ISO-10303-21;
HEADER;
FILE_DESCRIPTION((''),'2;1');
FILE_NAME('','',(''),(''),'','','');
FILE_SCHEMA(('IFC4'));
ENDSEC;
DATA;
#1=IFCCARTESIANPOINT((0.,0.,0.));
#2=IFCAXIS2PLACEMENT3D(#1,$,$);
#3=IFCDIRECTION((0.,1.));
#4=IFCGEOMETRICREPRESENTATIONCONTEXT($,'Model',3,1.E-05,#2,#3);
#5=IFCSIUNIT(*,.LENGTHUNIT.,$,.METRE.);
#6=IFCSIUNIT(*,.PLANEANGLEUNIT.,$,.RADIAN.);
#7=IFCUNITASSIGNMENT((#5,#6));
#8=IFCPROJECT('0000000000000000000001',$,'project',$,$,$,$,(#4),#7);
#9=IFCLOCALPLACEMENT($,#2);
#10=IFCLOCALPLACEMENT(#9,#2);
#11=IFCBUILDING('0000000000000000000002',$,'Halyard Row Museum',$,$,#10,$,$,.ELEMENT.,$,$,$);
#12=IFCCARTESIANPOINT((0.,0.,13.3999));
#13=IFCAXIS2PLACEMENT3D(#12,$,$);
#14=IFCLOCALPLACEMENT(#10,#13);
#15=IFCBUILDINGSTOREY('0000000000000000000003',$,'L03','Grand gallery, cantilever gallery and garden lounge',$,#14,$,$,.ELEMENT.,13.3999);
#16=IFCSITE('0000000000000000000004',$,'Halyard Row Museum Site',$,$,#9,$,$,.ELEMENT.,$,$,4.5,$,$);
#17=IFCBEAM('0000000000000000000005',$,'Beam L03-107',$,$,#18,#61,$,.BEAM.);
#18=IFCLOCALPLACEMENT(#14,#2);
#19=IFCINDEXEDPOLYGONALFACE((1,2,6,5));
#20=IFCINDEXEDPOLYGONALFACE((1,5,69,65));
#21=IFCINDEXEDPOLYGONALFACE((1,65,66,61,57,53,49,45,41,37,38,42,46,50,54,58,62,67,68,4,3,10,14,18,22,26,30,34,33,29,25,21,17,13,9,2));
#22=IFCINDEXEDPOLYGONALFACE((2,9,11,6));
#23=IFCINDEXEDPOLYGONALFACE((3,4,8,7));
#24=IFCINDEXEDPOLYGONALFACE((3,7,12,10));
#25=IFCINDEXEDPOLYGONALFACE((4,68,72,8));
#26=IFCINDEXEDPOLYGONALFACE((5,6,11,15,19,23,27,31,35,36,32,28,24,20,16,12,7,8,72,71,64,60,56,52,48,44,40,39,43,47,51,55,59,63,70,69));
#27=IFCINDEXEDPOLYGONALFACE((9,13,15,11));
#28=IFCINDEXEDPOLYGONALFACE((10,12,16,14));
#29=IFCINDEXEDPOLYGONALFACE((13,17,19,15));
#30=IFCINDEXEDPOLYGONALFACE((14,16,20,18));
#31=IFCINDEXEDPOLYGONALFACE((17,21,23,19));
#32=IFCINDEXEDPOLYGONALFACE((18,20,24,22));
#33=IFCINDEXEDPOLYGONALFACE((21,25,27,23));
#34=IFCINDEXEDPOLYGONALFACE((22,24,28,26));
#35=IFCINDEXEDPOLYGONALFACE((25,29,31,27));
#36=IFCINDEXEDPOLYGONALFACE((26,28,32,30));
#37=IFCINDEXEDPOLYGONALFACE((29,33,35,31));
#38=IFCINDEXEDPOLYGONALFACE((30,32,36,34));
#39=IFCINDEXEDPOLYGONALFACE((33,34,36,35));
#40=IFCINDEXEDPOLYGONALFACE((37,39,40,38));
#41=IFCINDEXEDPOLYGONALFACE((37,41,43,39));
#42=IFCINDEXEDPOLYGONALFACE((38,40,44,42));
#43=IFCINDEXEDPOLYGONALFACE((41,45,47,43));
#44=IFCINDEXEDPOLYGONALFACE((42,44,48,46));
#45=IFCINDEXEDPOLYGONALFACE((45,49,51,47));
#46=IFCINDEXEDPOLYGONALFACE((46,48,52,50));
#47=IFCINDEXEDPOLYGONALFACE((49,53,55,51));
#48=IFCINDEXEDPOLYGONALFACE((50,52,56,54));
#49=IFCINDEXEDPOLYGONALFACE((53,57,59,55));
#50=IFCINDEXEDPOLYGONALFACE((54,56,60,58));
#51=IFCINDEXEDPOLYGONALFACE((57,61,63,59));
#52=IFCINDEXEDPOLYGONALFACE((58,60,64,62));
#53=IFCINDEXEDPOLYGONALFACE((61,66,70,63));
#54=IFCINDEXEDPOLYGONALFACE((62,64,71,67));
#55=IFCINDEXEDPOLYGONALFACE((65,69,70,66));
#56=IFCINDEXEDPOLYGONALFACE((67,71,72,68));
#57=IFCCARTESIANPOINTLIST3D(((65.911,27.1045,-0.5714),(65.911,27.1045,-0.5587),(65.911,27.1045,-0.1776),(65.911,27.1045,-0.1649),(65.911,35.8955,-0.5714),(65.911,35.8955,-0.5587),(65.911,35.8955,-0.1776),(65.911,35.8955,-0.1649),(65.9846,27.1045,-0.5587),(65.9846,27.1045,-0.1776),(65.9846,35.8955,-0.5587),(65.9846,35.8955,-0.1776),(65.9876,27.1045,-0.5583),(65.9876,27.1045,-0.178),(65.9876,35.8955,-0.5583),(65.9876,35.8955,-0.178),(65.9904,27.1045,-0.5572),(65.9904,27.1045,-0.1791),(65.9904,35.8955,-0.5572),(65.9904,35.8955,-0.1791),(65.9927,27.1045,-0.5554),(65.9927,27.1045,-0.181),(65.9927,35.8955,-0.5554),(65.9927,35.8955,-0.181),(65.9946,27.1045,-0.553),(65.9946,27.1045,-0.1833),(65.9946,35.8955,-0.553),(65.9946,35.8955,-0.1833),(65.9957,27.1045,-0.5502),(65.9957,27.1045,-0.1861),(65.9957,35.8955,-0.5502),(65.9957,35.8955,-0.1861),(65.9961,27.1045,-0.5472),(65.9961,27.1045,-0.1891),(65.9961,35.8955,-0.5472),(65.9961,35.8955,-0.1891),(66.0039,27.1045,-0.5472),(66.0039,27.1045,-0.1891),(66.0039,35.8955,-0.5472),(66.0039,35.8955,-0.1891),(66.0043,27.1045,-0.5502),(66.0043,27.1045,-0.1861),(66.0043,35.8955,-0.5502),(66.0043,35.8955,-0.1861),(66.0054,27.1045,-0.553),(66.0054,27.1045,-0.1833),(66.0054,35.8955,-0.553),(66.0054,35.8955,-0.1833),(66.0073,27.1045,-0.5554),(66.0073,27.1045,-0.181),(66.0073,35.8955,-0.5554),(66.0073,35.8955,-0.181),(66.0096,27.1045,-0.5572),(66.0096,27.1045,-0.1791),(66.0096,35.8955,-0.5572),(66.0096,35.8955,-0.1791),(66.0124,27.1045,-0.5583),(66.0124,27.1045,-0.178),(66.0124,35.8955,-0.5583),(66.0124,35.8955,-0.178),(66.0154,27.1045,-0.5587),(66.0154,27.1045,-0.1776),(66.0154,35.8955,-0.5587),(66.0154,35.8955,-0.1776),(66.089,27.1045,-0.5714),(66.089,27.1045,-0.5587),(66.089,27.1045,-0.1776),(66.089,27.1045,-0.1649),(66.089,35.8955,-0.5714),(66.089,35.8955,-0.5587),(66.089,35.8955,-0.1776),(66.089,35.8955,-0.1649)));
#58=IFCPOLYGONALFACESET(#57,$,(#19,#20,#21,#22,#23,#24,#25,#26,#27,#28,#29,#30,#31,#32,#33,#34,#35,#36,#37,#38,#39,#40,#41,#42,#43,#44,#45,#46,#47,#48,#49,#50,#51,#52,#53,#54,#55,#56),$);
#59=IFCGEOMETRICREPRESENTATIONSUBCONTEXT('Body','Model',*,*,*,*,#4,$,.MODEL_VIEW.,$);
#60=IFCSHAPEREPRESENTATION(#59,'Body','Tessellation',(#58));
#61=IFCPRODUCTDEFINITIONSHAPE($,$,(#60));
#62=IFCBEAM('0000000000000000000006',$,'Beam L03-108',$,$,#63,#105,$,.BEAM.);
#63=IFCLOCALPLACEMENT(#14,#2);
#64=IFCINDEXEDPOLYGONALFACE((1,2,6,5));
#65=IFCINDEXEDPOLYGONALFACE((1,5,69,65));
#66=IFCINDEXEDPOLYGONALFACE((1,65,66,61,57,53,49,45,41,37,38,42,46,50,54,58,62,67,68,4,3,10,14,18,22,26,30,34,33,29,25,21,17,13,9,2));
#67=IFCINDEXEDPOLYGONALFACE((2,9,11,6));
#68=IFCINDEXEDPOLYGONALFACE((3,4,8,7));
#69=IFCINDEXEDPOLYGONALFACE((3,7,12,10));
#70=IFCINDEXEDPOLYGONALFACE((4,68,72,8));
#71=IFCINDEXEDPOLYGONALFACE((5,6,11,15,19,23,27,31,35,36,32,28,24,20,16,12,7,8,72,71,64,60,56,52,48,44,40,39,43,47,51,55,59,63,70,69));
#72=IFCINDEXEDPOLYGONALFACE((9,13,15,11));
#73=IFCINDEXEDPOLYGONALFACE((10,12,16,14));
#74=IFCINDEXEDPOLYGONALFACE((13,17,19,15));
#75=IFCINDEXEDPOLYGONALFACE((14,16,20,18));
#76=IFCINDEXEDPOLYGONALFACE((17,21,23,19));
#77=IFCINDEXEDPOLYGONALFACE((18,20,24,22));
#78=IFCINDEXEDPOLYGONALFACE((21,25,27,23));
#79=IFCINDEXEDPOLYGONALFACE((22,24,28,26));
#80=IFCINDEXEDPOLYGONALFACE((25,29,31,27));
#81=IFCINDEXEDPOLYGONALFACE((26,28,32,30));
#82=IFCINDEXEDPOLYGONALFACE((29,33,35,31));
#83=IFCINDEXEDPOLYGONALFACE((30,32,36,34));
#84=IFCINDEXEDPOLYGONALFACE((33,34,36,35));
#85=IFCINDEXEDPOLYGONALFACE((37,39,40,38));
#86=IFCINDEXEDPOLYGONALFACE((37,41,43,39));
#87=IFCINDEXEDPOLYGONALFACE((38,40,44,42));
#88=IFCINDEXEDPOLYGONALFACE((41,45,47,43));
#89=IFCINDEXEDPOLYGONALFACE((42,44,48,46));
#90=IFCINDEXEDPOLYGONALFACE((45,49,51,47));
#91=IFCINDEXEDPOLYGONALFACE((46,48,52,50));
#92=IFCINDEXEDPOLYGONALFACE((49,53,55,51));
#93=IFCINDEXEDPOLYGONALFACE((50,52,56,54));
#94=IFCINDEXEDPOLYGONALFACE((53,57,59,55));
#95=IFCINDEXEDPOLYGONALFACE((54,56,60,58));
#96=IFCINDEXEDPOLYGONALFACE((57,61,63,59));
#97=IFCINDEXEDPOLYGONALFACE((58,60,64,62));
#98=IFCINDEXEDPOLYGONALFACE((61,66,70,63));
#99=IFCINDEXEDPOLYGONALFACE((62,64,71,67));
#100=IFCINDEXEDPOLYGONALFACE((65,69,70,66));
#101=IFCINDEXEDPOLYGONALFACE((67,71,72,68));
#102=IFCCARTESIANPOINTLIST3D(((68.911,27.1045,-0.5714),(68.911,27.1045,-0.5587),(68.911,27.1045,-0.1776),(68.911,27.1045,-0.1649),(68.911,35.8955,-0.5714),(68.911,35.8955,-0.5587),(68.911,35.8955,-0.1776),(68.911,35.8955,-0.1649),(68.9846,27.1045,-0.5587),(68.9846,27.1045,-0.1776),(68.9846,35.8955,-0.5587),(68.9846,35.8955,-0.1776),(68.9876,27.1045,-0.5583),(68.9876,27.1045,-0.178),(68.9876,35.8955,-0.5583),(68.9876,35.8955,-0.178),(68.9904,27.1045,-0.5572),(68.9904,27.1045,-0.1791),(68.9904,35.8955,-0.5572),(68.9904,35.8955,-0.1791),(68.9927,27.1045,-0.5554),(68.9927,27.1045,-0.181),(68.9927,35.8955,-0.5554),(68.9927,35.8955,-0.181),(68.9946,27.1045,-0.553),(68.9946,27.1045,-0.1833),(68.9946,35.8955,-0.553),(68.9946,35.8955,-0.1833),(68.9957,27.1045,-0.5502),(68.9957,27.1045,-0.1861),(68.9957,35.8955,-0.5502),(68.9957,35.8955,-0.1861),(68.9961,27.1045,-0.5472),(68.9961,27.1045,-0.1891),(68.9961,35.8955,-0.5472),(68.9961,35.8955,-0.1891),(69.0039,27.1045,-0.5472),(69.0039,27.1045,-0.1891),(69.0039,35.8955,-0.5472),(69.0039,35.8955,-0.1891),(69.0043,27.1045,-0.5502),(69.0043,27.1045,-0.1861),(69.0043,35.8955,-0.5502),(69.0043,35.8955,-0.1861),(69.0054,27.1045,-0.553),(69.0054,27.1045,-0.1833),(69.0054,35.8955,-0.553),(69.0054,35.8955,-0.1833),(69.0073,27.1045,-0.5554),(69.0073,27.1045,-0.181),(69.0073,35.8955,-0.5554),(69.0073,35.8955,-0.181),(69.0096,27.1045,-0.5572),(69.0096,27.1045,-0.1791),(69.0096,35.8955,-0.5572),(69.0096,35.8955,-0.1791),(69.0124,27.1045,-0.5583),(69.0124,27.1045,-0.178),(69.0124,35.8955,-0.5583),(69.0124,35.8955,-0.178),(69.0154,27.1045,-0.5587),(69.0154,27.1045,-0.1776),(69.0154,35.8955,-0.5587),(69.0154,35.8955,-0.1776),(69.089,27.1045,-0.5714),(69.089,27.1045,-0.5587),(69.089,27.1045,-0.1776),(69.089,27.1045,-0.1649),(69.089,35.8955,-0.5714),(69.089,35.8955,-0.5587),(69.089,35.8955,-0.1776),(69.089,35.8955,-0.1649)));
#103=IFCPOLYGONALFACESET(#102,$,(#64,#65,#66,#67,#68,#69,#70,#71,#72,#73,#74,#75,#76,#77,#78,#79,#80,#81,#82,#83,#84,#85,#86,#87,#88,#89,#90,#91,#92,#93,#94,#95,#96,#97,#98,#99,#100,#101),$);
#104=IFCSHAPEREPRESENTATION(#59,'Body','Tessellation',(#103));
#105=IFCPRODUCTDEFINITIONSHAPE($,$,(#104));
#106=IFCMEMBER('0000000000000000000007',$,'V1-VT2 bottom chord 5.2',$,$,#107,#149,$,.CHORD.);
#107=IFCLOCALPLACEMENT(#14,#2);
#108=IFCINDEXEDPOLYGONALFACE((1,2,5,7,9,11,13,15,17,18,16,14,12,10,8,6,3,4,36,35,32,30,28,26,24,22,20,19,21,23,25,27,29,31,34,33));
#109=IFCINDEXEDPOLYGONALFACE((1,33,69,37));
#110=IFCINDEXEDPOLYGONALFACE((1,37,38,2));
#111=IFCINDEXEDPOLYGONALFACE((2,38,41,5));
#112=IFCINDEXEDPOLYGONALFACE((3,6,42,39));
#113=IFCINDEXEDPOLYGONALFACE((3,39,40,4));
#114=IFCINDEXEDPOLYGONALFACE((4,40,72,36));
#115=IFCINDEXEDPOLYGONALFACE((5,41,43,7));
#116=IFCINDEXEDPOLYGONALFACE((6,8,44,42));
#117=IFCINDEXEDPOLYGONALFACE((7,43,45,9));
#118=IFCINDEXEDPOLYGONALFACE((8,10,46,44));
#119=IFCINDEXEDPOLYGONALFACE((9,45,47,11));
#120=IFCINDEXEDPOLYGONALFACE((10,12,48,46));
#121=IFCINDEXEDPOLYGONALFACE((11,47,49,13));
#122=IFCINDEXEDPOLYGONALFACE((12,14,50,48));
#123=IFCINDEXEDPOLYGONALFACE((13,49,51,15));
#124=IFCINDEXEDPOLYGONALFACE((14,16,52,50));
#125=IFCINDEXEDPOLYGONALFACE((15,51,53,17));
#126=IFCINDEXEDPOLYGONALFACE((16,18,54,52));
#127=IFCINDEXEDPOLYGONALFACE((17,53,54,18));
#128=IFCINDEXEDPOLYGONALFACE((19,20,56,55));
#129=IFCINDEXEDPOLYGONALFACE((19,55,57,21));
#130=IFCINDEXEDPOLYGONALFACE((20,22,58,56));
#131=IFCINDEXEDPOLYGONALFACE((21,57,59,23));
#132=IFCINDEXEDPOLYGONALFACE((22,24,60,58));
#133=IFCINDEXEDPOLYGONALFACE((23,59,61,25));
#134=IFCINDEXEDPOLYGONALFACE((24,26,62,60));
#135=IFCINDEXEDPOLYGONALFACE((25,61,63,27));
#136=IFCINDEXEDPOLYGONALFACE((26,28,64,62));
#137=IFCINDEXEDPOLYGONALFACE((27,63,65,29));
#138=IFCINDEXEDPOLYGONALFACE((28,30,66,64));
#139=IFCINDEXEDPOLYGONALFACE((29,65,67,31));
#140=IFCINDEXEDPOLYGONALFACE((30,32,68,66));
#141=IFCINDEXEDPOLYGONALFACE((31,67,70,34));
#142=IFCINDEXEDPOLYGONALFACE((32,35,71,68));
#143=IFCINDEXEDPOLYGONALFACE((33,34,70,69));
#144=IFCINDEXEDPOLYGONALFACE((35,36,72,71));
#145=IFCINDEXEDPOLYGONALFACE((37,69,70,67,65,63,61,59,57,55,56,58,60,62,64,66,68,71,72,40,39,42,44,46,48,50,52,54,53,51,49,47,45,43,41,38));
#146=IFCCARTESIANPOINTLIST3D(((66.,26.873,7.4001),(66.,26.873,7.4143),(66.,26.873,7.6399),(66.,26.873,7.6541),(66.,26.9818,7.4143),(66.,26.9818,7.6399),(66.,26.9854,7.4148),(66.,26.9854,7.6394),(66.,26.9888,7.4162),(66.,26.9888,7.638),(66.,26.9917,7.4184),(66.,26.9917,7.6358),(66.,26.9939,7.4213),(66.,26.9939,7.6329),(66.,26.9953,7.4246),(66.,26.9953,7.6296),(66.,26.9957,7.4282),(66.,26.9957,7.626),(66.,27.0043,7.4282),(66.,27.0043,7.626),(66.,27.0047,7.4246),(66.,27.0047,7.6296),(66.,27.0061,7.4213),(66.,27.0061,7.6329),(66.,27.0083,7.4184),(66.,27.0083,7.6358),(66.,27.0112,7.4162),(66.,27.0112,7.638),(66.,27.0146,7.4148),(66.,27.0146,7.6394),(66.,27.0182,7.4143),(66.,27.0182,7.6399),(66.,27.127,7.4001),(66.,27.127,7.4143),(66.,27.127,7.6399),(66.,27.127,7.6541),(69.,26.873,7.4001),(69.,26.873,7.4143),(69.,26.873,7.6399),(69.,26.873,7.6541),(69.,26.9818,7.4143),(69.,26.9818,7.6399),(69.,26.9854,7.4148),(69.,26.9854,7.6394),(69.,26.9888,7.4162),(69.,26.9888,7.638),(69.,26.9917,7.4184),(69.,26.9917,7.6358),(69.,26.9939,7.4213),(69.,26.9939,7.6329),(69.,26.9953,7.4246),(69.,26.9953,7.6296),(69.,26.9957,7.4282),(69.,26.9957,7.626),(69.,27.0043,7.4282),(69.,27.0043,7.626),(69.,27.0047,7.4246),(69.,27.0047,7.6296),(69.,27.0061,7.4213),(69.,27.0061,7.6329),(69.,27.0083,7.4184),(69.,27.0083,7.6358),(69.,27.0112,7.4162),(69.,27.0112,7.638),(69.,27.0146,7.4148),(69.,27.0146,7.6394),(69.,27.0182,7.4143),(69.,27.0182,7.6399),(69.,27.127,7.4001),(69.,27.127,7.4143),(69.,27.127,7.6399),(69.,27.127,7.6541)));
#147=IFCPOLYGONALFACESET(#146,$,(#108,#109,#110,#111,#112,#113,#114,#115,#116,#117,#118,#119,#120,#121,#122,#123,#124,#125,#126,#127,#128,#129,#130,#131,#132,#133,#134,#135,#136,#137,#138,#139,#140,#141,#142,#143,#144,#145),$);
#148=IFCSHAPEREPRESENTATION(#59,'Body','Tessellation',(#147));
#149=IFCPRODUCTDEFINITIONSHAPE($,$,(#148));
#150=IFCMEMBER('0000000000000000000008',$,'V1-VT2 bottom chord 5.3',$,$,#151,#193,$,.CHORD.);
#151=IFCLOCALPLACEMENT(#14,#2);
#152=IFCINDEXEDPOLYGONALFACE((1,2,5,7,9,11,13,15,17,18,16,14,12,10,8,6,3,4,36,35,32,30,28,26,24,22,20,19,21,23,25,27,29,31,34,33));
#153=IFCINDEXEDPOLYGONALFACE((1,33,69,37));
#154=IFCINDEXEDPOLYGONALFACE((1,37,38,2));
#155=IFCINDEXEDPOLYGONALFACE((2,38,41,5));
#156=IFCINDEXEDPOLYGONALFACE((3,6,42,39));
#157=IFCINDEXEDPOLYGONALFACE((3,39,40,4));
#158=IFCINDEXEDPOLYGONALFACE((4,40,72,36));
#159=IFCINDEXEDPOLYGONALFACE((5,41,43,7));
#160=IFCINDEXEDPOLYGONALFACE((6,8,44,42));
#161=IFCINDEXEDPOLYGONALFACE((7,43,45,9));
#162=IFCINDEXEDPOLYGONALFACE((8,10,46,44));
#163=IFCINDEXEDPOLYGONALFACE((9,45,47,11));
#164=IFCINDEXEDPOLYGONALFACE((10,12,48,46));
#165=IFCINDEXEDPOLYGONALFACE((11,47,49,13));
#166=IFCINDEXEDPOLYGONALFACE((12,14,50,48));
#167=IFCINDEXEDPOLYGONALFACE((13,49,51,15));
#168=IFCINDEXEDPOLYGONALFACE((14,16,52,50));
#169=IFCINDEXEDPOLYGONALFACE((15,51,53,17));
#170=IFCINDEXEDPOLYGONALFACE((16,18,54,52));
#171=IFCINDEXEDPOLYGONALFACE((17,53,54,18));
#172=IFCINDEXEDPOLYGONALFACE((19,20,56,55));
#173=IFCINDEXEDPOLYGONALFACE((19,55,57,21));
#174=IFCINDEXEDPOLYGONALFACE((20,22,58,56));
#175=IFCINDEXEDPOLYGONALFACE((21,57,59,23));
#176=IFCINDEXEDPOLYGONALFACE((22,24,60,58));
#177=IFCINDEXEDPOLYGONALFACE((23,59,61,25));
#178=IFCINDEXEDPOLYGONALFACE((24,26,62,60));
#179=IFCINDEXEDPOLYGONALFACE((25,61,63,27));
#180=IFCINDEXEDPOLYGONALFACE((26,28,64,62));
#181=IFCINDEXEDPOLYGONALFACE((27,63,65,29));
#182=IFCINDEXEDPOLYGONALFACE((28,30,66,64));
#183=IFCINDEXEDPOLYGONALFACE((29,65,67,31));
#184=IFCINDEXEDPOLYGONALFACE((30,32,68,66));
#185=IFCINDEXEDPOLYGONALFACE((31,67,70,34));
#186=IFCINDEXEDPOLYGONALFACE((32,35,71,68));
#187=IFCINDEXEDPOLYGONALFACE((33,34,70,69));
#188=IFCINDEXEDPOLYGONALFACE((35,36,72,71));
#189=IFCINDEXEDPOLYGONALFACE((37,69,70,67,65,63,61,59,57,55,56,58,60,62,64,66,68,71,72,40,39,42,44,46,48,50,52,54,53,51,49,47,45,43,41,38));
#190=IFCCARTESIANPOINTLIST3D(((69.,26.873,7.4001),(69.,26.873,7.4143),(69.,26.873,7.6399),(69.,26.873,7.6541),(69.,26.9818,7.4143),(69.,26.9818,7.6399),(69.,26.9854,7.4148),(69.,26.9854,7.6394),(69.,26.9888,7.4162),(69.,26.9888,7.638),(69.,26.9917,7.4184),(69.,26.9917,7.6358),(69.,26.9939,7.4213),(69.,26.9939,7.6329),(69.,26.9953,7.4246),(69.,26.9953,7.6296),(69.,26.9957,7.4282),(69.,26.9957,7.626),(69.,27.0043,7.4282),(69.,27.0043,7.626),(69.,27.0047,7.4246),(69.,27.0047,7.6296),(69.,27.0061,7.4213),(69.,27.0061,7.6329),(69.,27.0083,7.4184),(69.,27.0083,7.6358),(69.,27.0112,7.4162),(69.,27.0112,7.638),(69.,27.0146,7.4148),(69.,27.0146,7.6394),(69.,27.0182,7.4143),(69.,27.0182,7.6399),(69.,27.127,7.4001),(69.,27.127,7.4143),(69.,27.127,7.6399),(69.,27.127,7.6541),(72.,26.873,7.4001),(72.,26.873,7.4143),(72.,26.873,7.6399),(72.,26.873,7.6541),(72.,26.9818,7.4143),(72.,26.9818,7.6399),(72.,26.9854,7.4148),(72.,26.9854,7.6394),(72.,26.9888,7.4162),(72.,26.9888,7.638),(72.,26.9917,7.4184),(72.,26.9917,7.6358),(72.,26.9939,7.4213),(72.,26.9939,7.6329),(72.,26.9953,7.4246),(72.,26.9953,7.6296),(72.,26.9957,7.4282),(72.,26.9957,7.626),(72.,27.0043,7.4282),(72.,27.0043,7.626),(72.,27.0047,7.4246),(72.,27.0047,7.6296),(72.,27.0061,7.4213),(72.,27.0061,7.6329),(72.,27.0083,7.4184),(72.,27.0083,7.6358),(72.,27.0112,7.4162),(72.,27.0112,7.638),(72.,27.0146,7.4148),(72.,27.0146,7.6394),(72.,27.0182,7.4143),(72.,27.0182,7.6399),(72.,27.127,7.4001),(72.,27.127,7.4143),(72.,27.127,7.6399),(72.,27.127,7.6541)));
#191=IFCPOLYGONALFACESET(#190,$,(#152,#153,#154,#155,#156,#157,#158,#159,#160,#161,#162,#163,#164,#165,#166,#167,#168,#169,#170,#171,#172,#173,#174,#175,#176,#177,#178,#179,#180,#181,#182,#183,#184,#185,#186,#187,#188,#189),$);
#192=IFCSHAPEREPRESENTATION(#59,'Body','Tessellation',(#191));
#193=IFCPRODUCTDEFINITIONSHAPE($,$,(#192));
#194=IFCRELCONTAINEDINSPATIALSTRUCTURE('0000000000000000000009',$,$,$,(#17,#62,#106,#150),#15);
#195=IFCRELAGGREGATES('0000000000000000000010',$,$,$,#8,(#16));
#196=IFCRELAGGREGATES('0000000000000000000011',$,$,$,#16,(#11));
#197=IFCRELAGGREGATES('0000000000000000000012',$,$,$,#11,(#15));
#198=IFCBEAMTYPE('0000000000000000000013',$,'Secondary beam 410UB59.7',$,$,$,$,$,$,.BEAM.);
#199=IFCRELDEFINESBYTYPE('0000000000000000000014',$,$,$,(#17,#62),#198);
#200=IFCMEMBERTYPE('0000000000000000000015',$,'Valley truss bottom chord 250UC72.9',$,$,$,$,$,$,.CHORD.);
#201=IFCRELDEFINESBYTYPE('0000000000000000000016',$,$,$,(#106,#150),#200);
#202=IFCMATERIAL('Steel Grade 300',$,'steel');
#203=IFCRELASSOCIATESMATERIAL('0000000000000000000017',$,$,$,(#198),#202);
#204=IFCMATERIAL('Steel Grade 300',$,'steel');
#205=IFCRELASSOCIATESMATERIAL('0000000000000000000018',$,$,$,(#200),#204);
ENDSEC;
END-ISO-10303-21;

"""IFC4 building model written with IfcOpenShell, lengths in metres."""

from ifc_helpers import new_model, si_unit, direction, frame, origin, origin_2d, place, context, subcontext, project, spatial, i_section, extrude, material, material_profile, profile_set, type_object, element, save


model = new_model("IFC4")

# Units and contexts
model_context = context("Model", 3, precision=1e-05, world=origin(), true_north=direction((0.0, 1.0)))
body_context = subcontext(model_context, "Body", "Model", "MODEL_VIEW")
ifc_project = project(units=[si_unit("LENGTHUNIT", "METRE"), si_unit("PLANEANGLEUNIT", "RADIAN")], contexts=[model_context])

# Site, building, storey
site_placement = place(None, origin())
site = spatial("IfcSite", under=ifc_project, at=site_placement, Name="Halyard Row Museum Site", CompositionType="ELEMENT", RefElevation=4.5)
building_placement = place(site_placement, origin())
building = spatial("IfcBuilding", under=site, at=building_placement, Name="Halyard Row Museum", CompositionType="ELEMENT")
storey_placement = place(building_placement, frame((0.0, 0.0, 13.3999)))
storey = spatial("IfcBuildingStorey", under=building, at=storey_placement, Name="L03", Description="Grand gallery, cantilever gallery and garden lounge", CompositionType="ELEMENT", Elevation=13.3999)

# Beams
ifc_material_1 = material(Name="Steel Grade 300", Category="steel")
ifc_material_profile_1 = material_profile(ifc_material_1, i_section(OverallWidth=0.178, OverallDepth=0.4065, WebThickness=0.0078, FlangeThickness=0.0127, FilletRadius=0.0115, at=origin_2d()), Name="410UB59.7")
ifc_profile_set_1 = profile_set([ifc_material_profile_1], Name="Steel Grade 300")
beam_type_1 = type_object("IfcBeamType", Name="Secondary beam 410UB59.7", PredefinedType="BEAM", material=ifc_profile_set_1)
for number, where, z_axis, x_axis, name in (
    (1, (66.0, 27.1045, -0.3682), (0.0, 1.0, 0.0), (-1.0, 0.0, 0.0), "Beam L03-107"),
    (2, (69.0, 27.1045, -0.3682), (0.0, 1.0, 0.0), (-1.0, 0.0, 0.0), "Beam L03-108"),
):
    element("IfcBeam", number, at=place(storey_placement, frame(where, z_axis=z_axis, x_axis=x_axis)), inside=storey, type_object=beam_type_1, Name=name, PredefinedType="BEAM", context=body_context, shape_type="SweptSolid", body=[
        extrude(i_section(OverallWidth=0.178, OverallDepth=0.4065, WebThickness=0.0078, FlangeThickness=0.0127, FilletRadius=0.0115, at=origin_2d()), origin(), (0.0, 0.0, 1.0), 8.791),
    ])

# Members
ifc_material_2 = material(Name="Steel Grade 300", Category="steel")
ifc_material_profile_2 = material_profile(ifc_material_2, i_section(OverallWidth=0.2539, OverallDepth=0.2539, WebThickness=0.0085, FlangeThickness=0.0142, FilletRadius=0.0139, at=origin_2d()), Name="250UC72.9")
ifc_profile_set_2 = profile_set([ifc_material_profile_2], Name="Steel Grade 300")
member_type_1 = type_object("IfcMemberType", Name="Valley truss bottom chord 250UC72.9", PredefinedType="CHORD", material=ifc_profile_set_2)
for number, where, z_axis, x_axis, name in (
    (3, (66.0, 27.0, 7.5271), (1.0, 0.0, 0.0), (0.0, 1.0, 0.0), "V1-VT2 bottom chord 5.2"),
    (4, (69.0, 27.0, 7.5271), (1.0, 0.0, 0.0), (0.0, 1.0, 0.0), "V1-VT2 bottom chord 5.3"),
):
    element("IfcMember", number, at=place(storey_placement, frame(where, z_axis=z_axis, x_axis=x_axis)), inside=storey, type_object=member_type_1, Name=name, PredefinedType="CHORD", context=body_context, shape_type="SweptSolid", body=[
        extrude(i_section(OverallWidth=0.2539, OverallDepth=0.2539, WebThickness=0.0085, FlangeThickness=0.0142, FilletRadius=0.0139, at=origin_2d()), origin(), (0.0, 0.0, 1.0), 3.0),
    ])

save(model, "model.ifc")
